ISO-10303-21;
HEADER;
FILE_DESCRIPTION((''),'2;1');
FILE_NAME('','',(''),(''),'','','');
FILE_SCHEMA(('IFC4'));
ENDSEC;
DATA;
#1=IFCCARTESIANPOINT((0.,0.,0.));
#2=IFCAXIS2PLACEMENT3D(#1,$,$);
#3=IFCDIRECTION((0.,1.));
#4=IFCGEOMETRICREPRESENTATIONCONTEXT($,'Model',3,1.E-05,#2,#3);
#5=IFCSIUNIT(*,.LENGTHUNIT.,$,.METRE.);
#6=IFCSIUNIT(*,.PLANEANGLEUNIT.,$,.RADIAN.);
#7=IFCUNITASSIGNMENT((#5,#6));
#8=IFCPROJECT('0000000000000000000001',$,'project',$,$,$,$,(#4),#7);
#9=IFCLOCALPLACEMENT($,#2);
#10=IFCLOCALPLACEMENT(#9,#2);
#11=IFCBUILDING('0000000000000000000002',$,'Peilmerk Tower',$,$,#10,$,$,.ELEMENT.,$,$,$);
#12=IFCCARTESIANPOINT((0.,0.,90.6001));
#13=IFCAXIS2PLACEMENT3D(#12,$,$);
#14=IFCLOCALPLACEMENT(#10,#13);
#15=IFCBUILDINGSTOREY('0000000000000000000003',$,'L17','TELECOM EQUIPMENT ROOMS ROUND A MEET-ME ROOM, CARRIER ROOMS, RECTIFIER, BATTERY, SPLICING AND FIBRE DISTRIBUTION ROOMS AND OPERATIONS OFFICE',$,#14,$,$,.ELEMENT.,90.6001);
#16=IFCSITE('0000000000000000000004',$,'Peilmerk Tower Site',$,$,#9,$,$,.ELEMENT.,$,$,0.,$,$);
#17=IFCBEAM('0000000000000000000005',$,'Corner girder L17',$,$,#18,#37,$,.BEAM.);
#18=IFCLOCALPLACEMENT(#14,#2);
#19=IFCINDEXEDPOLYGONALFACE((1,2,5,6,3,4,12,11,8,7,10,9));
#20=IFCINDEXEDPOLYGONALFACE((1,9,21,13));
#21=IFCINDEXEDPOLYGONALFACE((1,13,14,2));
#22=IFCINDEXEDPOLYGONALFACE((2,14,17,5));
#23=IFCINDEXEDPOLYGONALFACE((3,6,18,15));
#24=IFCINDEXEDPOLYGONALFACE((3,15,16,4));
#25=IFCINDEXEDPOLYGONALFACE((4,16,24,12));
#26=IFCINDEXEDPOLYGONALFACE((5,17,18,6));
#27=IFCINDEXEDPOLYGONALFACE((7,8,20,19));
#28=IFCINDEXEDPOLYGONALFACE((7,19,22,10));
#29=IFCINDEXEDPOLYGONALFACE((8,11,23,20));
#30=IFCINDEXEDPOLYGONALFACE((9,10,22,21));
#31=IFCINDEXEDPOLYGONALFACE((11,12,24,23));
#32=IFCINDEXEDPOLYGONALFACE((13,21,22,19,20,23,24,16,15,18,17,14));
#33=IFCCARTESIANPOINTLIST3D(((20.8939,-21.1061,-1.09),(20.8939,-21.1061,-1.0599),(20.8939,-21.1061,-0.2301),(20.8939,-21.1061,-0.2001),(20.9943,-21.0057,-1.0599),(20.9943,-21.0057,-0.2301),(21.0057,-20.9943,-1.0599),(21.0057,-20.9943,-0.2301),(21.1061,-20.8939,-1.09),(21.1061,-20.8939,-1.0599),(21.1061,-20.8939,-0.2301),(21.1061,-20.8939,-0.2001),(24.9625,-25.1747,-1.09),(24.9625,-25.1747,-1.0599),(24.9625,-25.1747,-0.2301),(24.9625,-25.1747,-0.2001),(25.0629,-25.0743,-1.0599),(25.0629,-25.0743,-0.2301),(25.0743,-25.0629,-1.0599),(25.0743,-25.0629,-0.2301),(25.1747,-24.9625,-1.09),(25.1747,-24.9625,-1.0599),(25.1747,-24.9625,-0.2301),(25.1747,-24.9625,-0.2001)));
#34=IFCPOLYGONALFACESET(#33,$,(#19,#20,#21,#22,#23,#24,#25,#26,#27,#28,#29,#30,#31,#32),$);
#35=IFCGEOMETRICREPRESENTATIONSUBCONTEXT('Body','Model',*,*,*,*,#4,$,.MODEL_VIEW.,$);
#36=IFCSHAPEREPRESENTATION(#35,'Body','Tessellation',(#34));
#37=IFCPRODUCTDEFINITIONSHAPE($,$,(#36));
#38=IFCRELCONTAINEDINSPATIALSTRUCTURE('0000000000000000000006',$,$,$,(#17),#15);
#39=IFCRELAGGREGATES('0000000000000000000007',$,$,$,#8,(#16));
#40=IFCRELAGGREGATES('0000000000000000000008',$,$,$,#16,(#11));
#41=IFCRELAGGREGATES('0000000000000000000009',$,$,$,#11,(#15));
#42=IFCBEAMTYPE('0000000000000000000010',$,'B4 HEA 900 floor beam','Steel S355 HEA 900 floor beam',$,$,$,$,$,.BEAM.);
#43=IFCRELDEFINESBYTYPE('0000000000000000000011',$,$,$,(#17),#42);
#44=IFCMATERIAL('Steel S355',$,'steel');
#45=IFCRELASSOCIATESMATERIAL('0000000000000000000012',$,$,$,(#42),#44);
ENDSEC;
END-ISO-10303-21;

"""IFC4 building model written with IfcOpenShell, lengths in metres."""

from ifc_helpers import new_model, si_unit, direction, frame, origin, origin_2d, place, context, subcontext, project, spatial, i_section, extrude, material, material_profile, profile_set, type_object, element, save


model = new_model("IFC4")

# Units and contexts
model_context = context("Model", 3, precision=1e-05, world=origin(), true_north=direction((0.0, 1.0)))
body_context = subcontext(model_context, "Body", "Model", "MODEL_VIEW")
ifc_project = project(units=[si_unit("LENGTHUNIT", "METRE"), si_unit("PLANEANGLEUNIT", "RADIAN")], contexts=[model_context])

# Site, building, storey
site_placement = place(None, origin())
site = spatial("IfcSite", under=ifc_project, at=site_placement, Name="Peilmerk Tower Site", CompositionType="ELEMENT", RefElevation=0.0)
building_placement = place(site_placement, origin())
building = spatial("IfcBuilding", under=site, at=building_placement, Name="Peilmerk Tower", CompositionType="ELEMENT")
storey_placement = place(building_placement, frame((0.0, 0.0, 90.6001)))
storey = spatial("IfcBuildingStorey", under=building, at=storey_placement, Name="L17", Description="TELECOM EQUIPMENT ROOMS ROUND A MEET-ME ROOM, CARRIER ROOMS, RECTIFIER, BATTERY, SPLICING AND FIBRE DISTRIBUTION ROOMS AND OPERATIONS OFFICE", CompositionType="ELEMENT", Elevation=90.6001)

# Beam
ifc_material_1 = material(Name="Steel S355", Category="steel")
ifc_material_profile_1 = material_profile(ifc_material_1, i_section(OverallWidth=0.3, OverallDepth=0.8899, WebThickness=0.0161, FlangeThickness=0.03, at=origin_2d()), Name="HEA 900")
ifc_profile_set_1 = profile_set([ifc_material_profile_1], Name="Steel S355")
beam_type_1 = type_object("IfcBeamType", Name="B4 HEA 900 floor beam", Description="Steel S355 HEA 900 floor beam", PredefinedType="BEAM", material=ifc_profile_set_1)
beam_1_placement = place(storey_placement, frame((21.0, -21.0, -0.645), z_axis=(0.707107, -0.707107, 0.0), x_axis=(0.707107, 0.707107, 0.0)))
element("IfcBeam", 1, at=beam_1_placement, inside=storey, type_object=beam_type_1, Name="Corner girder L17", PredefinedType="BEAM", context=body_context, shape_type="SweptSolid", body=[
    extrude(i_section(OverallWidth=0.3, OverallDepth=0.8899, WebThickness=0.0161, FlangeThickness=0.03, at=origin_2d()), origin(), (0.0, 0.0, 1.0), 5.7539),
])

save(model, "model.ifc")
